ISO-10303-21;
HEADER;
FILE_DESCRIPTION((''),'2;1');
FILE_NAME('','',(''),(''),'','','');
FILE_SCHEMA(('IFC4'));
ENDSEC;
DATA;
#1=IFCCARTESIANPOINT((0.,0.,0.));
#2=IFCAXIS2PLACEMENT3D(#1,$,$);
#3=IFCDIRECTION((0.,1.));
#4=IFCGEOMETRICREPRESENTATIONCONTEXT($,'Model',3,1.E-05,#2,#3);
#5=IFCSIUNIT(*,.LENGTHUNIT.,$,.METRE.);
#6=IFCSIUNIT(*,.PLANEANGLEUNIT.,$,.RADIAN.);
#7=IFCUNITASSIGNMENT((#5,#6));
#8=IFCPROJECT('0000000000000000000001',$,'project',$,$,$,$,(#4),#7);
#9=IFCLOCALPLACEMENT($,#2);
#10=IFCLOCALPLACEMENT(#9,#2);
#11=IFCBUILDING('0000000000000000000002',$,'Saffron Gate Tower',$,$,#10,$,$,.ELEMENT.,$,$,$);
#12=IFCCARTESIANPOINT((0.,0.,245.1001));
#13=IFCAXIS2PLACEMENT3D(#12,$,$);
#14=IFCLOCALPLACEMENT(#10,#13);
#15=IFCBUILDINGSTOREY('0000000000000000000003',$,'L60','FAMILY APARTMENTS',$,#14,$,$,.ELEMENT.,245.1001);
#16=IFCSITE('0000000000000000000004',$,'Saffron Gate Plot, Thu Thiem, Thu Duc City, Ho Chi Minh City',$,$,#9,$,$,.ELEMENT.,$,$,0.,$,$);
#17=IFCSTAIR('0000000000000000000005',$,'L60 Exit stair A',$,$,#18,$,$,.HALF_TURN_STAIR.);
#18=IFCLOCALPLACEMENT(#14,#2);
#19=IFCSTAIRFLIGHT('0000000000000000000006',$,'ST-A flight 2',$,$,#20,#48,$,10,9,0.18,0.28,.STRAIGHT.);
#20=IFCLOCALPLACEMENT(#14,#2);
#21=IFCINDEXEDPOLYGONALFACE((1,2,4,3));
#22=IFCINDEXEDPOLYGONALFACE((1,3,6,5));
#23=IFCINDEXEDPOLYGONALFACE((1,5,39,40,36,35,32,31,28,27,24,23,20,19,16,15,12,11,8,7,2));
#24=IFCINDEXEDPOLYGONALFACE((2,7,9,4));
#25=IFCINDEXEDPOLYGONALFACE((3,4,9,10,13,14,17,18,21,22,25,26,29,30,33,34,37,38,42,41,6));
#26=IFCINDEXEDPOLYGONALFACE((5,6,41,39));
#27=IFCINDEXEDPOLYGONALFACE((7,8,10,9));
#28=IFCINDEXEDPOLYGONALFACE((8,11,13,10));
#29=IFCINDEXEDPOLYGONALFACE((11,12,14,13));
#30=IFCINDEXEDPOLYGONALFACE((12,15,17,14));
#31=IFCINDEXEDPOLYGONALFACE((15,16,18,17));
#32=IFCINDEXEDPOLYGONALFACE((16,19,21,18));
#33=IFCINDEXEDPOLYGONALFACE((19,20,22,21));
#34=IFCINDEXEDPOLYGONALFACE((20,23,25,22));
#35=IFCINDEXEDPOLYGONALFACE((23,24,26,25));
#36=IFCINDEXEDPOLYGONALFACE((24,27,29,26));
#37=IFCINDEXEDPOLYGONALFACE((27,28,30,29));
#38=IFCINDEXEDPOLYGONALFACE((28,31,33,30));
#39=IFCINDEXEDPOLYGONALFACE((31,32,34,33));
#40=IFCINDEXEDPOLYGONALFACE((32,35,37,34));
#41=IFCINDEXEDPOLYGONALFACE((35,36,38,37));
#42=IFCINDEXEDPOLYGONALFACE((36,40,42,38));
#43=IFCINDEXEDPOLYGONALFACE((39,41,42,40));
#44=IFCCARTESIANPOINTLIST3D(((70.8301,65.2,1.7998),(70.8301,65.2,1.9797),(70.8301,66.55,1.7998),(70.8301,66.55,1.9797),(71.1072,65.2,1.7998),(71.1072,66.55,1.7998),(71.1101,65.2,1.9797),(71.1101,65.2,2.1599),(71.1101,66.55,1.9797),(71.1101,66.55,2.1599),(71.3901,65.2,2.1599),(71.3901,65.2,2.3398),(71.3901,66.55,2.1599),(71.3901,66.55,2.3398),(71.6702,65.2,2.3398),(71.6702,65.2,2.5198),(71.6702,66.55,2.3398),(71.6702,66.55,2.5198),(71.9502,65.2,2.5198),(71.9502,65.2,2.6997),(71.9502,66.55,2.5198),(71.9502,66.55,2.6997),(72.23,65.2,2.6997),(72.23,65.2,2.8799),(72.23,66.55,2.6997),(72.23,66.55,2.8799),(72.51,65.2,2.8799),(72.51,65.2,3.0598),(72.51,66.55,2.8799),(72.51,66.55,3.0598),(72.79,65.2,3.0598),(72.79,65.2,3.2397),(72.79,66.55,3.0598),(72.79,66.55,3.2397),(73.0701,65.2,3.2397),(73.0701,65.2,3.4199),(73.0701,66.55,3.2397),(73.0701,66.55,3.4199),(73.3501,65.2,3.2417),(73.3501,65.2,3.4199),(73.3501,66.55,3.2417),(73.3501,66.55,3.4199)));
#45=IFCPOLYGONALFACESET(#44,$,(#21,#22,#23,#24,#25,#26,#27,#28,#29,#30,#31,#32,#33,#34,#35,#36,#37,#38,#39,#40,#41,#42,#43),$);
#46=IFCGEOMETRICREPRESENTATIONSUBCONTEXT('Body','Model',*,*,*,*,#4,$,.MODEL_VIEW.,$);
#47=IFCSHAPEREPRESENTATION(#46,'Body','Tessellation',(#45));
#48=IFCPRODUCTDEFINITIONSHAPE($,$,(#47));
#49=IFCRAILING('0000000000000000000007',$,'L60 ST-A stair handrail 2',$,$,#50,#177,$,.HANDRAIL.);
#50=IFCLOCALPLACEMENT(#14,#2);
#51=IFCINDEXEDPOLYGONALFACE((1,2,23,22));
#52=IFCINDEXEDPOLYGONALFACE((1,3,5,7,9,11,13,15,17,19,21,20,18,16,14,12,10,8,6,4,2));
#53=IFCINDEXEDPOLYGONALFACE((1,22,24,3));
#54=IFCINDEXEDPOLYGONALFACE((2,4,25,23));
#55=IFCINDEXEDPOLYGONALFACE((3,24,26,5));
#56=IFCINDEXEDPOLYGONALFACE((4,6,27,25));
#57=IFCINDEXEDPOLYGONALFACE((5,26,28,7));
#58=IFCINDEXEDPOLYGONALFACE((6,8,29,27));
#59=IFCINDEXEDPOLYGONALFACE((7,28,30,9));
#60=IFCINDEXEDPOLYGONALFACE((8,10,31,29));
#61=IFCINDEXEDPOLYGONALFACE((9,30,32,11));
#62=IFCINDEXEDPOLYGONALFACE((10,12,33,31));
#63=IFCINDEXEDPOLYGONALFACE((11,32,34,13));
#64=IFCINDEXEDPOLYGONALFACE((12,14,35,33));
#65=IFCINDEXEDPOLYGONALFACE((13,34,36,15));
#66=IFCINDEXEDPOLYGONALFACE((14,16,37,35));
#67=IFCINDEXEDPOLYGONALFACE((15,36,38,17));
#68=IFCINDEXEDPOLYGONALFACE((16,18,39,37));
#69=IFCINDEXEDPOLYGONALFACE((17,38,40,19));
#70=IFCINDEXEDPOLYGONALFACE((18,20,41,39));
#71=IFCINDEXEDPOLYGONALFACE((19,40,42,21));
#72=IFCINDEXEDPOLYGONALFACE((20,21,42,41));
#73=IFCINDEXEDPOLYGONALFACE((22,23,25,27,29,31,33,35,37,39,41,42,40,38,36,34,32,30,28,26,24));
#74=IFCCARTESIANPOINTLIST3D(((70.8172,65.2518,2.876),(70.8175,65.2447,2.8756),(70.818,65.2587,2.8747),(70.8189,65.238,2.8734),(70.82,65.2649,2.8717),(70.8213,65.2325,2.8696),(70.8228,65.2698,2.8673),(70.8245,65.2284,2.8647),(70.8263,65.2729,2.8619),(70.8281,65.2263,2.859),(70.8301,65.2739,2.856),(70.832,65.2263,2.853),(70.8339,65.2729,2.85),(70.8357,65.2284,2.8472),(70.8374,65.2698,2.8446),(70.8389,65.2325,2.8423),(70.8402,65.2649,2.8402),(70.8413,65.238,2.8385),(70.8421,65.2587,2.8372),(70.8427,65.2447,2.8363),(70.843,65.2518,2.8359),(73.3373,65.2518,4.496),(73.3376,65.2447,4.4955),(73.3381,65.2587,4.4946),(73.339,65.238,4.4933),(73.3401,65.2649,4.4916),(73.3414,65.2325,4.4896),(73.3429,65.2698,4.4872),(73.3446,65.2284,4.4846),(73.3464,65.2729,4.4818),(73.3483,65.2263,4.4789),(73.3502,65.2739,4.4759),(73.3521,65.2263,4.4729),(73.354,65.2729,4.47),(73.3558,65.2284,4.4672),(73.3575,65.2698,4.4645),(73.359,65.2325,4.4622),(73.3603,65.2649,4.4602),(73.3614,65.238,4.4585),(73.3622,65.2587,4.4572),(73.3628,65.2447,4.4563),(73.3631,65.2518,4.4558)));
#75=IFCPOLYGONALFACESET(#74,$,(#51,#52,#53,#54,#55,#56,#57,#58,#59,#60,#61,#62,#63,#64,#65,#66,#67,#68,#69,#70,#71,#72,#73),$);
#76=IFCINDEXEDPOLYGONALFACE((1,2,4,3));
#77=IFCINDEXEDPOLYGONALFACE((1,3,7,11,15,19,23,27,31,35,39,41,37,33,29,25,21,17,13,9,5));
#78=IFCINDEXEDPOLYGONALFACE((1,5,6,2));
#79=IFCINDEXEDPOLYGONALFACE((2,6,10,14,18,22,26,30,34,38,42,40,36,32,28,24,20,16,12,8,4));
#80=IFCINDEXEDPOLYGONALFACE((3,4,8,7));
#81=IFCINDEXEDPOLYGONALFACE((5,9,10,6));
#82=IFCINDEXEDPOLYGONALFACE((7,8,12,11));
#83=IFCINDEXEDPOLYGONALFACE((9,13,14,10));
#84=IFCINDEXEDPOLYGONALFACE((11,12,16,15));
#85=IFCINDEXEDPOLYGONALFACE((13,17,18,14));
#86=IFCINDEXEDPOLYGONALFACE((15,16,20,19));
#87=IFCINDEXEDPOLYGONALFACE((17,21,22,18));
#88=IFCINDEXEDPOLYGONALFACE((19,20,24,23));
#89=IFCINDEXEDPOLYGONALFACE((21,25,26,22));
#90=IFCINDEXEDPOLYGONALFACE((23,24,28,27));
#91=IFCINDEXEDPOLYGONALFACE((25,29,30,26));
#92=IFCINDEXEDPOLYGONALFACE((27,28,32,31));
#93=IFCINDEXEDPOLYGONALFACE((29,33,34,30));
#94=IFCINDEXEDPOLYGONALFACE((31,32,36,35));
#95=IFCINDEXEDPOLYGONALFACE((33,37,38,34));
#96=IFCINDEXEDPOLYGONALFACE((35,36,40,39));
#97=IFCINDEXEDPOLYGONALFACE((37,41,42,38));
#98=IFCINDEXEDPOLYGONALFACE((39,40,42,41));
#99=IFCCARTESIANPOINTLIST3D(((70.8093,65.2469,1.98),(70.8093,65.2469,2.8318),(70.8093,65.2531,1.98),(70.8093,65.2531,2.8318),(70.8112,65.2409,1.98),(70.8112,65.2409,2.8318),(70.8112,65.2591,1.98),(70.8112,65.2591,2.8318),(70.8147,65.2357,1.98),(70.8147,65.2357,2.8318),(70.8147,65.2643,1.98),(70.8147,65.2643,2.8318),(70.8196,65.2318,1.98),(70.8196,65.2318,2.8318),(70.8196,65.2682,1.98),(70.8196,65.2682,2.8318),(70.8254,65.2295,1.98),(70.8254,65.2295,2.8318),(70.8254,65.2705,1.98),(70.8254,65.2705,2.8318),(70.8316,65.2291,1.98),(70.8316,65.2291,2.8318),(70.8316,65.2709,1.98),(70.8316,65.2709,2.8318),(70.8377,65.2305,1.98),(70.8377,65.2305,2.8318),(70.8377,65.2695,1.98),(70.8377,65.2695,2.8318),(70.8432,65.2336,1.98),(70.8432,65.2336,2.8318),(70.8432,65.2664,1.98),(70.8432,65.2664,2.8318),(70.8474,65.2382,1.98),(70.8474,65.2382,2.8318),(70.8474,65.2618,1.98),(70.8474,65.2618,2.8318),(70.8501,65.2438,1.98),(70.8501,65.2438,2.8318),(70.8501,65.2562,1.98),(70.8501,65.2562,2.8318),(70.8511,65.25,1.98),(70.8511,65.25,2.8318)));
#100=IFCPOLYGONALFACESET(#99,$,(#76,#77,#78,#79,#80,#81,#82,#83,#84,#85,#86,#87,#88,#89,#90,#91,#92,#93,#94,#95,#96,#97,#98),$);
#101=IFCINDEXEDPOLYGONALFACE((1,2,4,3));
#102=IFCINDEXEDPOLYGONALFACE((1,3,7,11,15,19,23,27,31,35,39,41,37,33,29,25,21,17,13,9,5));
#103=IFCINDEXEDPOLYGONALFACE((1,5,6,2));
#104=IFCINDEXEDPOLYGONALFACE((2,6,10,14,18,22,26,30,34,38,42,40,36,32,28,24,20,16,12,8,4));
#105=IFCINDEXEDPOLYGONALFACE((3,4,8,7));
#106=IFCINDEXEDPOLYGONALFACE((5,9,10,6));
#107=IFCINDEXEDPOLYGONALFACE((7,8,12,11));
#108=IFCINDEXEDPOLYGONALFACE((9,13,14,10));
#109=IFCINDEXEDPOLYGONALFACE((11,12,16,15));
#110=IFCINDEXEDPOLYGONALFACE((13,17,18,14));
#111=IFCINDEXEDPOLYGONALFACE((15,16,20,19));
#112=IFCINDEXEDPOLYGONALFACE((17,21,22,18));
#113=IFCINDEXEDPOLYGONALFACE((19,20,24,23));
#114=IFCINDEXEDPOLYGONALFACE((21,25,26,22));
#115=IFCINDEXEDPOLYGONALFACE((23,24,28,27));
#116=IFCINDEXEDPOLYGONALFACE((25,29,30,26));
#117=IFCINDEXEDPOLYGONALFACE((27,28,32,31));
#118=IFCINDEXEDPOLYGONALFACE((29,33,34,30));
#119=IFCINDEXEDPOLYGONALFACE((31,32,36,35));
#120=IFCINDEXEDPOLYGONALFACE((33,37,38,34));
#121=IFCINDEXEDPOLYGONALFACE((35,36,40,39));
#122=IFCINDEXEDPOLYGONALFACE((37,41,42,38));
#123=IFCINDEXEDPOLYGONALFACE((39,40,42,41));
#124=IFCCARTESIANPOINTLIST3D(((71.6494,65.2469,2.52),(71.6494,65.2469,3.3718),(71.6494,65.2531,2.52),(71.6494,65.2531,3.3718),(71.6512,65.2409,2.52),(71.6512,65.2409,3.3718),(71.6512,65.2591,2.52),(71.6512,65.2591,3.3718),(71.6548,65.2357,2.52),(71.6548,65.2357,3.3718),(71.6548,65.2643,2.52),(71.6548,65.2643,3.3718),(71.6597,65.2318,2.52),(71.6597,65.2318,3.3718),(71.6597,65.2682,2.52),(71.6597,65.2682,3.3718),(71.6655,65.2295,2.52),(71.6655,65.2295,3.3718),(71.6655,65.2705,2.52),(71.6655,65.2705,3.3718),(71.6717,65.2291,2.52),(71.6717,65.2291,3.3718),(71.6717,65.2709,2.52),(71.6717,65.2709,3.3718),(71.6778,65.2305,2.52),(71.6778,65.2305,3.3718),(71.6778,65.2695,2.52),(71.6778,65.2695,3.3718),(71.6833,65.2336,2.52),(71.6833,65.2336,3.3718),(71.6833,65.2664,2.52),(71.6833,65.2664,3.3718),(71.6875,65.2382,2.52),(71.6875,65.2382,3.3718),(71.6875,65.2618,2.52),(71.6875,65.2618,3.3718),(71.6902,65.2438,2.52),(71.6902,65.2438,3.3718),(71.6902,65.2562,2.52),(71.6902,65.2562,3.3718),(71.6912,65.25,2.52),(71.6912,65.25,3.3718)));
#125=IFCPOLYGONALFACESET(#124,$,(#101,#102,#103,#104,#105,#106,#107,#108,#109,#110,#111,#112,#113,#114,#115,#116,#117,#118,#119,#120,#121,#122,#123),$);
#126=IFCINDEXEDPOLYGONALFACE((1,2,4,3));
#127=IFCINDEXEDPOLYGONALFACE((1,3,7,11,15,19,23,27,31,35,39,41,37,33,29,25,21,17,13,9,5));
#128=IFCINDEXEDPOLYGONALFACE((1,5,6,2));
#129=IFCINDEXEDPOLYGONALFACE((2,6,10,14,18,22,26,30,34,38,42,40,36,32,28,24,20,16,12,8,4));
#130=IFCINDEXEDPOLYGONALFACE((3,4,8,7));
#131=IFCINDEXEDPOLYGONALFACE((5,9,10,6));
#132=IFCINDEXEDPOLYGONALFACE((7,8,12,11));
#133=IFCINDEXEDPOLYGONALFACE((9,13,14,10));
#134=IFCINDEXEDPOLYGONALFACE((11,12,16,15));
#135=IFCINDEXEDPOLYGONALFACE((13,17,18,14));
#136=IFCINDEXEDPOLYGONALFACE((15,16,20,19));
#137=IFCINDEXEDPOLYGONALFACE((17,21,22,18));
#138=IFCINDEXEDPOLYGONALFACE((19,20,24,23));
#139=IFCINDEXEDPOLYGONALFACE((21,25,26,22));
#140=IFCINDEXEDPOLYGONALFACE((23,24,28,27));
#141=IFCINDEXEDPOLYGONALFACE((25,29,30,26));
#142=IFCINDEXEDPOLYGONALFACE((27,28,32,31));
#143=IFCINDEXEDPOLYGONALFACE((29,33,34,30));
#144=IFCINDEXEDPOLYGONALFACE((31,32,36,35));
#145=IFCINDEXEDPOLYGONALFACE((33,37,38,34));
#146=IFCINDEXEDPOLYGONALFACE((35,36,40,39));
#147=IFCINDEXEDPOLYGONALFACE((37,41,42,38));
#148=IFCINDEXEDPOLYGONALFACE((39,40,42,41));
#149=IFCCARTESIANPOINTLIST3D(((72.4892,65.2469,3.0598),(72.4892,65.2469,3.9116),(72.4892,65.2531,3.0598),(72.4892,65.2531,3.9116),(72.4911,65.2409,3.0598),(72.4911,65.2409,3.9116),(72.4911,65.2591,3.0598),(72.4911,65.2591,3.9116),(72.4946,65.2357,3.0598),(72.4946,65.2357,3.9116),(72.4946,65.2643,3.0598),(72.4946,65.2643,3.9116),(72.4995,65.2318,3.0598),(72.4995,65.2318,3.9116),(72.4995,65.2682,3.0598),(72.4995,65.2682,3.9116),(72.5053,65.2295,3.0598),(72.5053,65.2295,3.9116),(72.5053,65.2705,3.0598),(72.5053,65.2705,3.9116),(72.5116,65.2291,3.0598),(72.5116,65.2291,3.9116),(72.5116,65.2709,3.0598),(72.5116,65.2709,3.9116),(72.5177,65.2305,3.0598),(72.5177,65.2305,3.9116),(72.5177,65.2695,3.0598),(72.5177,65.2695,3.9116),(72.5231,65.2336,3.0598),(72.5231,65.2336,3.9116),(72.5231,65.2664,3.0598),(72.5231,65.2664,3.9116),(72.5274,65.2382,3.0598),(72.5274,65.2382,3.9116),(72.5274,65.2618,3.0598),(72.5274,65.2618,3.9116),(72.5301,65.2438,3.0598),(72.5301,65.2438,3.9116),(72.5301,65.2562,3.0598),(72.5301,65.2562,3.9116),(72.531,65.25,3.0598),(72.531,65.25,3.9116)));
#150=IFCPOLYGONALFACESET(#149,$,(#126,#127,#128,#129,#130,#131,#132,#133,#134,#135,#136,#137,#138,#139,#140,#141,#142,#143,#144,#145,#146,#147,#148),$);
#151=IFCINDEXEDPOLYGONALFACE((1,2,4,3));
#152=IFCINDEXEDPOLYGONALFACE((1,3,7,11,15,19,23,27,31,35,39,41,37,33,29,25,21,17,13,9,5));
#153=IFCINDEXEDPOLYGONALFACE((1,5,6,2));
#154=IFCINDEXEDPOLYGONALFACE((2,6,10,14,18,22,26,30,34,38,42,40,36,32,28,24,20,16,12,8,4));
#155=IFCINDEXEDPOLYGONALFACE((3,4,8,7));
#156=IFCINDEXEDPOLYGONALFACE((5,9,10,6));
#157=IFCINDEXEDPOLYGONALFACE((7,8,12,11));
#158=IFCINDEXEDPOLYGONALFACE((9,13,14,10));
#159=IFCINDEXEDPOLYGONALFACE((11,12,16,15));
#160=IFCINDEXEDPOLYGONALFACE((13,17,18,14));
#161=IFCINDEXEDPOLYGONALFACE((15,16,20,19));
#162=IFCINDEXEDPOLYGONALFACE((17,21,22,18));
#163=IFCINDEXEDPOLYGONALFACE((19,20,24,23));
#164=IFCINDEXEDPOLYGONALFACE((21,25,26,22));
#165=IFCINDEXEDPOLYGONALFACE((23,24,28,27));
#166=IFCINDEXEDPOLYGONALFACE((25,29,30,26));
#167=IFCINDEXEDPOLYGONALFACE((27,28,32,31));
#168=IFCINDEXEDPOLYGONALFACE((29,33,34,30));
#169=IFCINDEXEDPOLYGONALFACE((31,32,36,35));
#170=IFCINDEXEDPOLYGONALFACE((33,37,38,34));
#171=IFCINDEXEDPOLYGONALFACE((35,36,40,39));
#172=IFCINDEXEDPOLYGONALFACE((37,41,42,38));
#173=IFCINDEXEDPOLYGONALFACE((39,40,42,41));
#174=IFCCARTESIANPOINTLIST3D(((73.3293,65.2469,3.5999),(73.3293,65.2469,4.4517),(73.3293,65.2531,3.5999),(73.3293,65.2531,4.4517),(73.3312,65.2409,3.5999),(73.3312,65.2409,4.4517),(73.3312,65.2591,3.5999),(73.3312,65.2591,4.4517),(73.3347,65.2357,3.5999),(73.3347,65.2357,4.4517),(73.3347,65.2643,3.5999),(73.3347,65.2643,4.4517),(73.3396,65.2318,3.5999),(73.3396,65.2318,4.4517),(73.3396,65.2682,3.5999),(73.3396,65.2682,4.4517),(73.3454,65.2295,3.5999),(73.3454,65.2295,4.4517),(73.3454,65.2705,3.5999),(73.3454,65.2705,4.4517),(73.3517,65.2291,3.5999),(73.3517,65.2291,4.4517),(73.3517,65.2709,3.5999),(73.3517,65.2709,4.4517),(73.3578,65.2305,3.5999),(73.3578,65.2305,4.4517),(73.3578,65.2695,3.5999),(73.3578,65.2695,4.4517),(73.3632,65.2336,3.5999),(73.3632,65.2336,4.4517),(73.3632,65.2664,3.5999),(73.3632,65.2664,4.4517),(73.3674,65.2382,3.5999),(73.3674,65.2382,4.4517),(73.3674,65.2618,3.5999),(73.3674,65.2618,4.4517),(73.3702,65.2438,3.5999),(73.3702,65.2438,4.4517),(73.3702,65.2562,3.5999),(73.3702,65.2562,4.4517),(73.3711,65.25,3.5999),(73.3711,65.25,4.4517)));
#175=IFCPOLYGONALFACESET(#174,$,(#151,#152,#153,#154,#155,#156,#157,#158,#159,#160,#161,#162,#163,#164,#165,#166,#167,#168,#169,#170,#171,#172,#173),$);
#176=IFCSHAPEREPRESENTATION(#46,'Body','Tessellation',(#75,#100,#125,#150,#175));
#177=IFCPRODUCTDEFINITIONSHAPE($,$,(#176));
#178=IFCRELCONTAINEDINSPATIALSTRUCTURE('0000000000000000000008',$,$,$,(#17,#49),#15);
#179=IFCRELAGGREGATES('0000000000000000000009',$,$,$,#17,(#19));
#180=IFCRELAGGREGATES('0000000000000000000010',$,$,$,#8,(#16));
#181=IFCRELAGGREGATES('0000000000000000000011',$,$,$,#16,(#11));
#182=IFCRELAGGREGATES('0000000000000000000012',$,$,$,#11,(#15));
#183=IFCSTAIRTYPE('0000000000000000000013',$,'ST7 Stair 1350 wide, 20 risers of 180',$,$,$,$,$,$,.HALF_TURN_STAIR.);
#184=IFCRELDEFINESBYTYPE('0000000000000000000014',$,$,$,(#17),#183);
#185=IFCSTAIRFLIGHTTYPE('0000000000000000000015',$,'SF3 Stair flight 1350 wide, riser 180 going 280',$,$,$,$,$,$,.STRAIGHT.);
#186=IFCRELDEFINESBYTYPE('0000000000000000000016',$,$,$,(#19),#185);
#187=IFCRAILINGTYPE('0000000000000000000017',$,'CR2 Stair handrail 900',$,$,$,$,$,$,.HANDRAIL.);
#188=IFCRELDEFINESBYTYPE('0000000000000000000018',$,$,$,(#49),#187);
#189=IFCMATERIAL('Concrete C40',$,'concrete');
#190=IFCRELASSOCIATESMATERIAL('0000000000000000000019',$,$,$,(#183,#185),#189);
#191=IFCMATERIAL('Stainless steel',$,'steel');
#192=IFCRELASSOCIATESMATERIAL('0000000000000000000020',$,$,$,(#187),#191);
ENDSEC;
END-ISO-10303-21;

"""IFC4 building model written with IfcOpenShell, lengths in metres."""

from ifc_helpers import new_model, si_unit, direction, frame, origin, origin_2d, place, context, subcontext, project, spatial, polyline, circle, outline, extrude, material, type_object, element, aggregate, save


model = new_model("IFC4")

# Units and contexts
model_context = context("Model", 3, precision=1e-05, world=origin(), true_north=direction((0.0, 1.0)))
body_context = subcontext(model_context, "Body", "Model", "MODEL_VIEW")
ifc_project = project(units=[si_unit("LENGTHUNIT", "METRE"), si_unit("PLANEANGLEUNIT", "RADIAN")], contexts=[model_context])

# Site, building, storey
site_placement = place(None, origin())
site = spatial("IfcSite", under=ifc_project, at=site_placement, Name="Saffron Gate Plot, Thu Thiem, Thu Duc City, Ho Chi Minh City", CompositionType="ELEMENT", RefElevation=0.0)
building_placement = place(site_placement, origin())
building = spatial("IfcBuilding", under=site, at=building_placement, Name="Saffron Gate Tower", CompositionType="ELEMENT")
storey_placement = place(building_placement, frame((0.0, 0.0, 245.1001)))
storey = spatial("IfcBuildingStorey", under=building, at=storey_placement, Name="L60", Description="FAMILY APARTMENTS", CompositionType="ELEMENT", Elevation=245.1001)

# Stair, stair flight
ifc_material_1 = material(Name="Concrete C40", Category="concrete")
stair_type = type_object("IfcStairType", Name="ST7 Stair 1350 wide, 20 risers of 180", PredefinedType="HALF_TURN_STAIR", material=ifc_material_1)
stair_placement = place(storey_placement, origin())
stair = element("IfcStair", 1, at=stair_placement, inside=storey, type_object=stair_type, Name="L60 Exit stair A", PredefinedType="HALF_TURN_STAIR")
stair_flight_type = type_object("IfcStairFlightType", Name="SF3 Stair flight 1350 wide, riser 180 going 280", PredefinedType="STRAIGHT", material=ifc_material_1)
stair_flight_1_placement = place(storey_placement, frame((70.8301, 65.875, 1.7998), z_axis=(0.0, 0.0, 1.0), x_axis=(1.0, 0.0, 0.0)))
stair_flight_1 = element("IfcStairFlight", 2, at=stair_flight_1_placement, type_object=stair_flight_type, Name="ST-A flight 2", NumberOfRisers=10, NumberOfTreads=9, PredefinedType="STRAIGHT", RiserHeight=0.18, TreadLength=0.28, context=body_context, shape_type="SweptSolid", body=[
    extrude(outline(polyline([(0.0, 0.0), (0.0, 0.1799), (0.28, 0.1799), (0.28, 0.3601), (0.5601, 0.3601), (0.5601, 0.54), (0.8401, 0.54), (0.8401, 0.72), (1.1201, 0.72), (1.1201, 0.8999), (1.3999, 0.8999), (1.3999, 1.0801), (1.6799, 1.0801), (1.6799, 1.26), (1.96, 1.26), (1.96, 1.4399), (2.24, 1.4399), (2.24, 1.6201), (2.52, 1.6201), (2.52, 1.8), (2.52, 1.4419), (0.2771, 0.0), (0.0, 0.0)])), frame((0.0, 0.675, 0.0), z_axis=(0.0, -1.0, 0.0), x_axis=(1.0, 0.0, 0.0)), (0.0, 0.0, 1.0), 1.3501),
])
aggregate(stair, [stair_flight_1])

# Railing
ifc_material_2 = material(Name="Stainless steel", Category="steel")
railing_type_1 = type_object("IfcRailingType", Name="CR2 Stair handrail 900", PredefinedType="HANDRAIL", material=ifc_material_2)
railing_1_placement = place(storey_placement, frame((70.8301, 65.25, 1.98)))
element("IfcRailing", 3, at=railing_1_placement, inside=storey, type_object=railing_type_1, Name="L60 ST-A stair handrail 2", PredefinedType="HANDRAIL", context=body_context, shape_type="SweptSolid", body=[
    extrude(circle(Radius=0.0239, at=origin_2d()), frame((0.0, 0.0, 0.876), z_axis=(0.8412, 0.0, 0.540725), x_axis=(0.0, 1.0, 0.0)), (0.0, 0.0, 1.0), 2.9958),
    extrude(circle(Radius=0.021, at=origin_2d()), origin(), (0.0, 0.0, 1.0), 0.8518),
    extrude(circle(Radius=0.021, at=origin_2d()), frame((0.8401, 0.0, 0.54)), (0.0, 0.0, 1.0), 0.8518),
    extrude(circle(Radius=0.021, at=origin_2d()), frame((1.6799, 0.0, 1.0798)), (0.0, 0.0, 1.0), 0.8518),
    extrude(circle(Radius=0.021, at=origin_2d()), frame((2.52, 0.0, 1.6199)), (0.0, 0.0, 1.0), 0.8518),
])

save(model, "model.ifc")
